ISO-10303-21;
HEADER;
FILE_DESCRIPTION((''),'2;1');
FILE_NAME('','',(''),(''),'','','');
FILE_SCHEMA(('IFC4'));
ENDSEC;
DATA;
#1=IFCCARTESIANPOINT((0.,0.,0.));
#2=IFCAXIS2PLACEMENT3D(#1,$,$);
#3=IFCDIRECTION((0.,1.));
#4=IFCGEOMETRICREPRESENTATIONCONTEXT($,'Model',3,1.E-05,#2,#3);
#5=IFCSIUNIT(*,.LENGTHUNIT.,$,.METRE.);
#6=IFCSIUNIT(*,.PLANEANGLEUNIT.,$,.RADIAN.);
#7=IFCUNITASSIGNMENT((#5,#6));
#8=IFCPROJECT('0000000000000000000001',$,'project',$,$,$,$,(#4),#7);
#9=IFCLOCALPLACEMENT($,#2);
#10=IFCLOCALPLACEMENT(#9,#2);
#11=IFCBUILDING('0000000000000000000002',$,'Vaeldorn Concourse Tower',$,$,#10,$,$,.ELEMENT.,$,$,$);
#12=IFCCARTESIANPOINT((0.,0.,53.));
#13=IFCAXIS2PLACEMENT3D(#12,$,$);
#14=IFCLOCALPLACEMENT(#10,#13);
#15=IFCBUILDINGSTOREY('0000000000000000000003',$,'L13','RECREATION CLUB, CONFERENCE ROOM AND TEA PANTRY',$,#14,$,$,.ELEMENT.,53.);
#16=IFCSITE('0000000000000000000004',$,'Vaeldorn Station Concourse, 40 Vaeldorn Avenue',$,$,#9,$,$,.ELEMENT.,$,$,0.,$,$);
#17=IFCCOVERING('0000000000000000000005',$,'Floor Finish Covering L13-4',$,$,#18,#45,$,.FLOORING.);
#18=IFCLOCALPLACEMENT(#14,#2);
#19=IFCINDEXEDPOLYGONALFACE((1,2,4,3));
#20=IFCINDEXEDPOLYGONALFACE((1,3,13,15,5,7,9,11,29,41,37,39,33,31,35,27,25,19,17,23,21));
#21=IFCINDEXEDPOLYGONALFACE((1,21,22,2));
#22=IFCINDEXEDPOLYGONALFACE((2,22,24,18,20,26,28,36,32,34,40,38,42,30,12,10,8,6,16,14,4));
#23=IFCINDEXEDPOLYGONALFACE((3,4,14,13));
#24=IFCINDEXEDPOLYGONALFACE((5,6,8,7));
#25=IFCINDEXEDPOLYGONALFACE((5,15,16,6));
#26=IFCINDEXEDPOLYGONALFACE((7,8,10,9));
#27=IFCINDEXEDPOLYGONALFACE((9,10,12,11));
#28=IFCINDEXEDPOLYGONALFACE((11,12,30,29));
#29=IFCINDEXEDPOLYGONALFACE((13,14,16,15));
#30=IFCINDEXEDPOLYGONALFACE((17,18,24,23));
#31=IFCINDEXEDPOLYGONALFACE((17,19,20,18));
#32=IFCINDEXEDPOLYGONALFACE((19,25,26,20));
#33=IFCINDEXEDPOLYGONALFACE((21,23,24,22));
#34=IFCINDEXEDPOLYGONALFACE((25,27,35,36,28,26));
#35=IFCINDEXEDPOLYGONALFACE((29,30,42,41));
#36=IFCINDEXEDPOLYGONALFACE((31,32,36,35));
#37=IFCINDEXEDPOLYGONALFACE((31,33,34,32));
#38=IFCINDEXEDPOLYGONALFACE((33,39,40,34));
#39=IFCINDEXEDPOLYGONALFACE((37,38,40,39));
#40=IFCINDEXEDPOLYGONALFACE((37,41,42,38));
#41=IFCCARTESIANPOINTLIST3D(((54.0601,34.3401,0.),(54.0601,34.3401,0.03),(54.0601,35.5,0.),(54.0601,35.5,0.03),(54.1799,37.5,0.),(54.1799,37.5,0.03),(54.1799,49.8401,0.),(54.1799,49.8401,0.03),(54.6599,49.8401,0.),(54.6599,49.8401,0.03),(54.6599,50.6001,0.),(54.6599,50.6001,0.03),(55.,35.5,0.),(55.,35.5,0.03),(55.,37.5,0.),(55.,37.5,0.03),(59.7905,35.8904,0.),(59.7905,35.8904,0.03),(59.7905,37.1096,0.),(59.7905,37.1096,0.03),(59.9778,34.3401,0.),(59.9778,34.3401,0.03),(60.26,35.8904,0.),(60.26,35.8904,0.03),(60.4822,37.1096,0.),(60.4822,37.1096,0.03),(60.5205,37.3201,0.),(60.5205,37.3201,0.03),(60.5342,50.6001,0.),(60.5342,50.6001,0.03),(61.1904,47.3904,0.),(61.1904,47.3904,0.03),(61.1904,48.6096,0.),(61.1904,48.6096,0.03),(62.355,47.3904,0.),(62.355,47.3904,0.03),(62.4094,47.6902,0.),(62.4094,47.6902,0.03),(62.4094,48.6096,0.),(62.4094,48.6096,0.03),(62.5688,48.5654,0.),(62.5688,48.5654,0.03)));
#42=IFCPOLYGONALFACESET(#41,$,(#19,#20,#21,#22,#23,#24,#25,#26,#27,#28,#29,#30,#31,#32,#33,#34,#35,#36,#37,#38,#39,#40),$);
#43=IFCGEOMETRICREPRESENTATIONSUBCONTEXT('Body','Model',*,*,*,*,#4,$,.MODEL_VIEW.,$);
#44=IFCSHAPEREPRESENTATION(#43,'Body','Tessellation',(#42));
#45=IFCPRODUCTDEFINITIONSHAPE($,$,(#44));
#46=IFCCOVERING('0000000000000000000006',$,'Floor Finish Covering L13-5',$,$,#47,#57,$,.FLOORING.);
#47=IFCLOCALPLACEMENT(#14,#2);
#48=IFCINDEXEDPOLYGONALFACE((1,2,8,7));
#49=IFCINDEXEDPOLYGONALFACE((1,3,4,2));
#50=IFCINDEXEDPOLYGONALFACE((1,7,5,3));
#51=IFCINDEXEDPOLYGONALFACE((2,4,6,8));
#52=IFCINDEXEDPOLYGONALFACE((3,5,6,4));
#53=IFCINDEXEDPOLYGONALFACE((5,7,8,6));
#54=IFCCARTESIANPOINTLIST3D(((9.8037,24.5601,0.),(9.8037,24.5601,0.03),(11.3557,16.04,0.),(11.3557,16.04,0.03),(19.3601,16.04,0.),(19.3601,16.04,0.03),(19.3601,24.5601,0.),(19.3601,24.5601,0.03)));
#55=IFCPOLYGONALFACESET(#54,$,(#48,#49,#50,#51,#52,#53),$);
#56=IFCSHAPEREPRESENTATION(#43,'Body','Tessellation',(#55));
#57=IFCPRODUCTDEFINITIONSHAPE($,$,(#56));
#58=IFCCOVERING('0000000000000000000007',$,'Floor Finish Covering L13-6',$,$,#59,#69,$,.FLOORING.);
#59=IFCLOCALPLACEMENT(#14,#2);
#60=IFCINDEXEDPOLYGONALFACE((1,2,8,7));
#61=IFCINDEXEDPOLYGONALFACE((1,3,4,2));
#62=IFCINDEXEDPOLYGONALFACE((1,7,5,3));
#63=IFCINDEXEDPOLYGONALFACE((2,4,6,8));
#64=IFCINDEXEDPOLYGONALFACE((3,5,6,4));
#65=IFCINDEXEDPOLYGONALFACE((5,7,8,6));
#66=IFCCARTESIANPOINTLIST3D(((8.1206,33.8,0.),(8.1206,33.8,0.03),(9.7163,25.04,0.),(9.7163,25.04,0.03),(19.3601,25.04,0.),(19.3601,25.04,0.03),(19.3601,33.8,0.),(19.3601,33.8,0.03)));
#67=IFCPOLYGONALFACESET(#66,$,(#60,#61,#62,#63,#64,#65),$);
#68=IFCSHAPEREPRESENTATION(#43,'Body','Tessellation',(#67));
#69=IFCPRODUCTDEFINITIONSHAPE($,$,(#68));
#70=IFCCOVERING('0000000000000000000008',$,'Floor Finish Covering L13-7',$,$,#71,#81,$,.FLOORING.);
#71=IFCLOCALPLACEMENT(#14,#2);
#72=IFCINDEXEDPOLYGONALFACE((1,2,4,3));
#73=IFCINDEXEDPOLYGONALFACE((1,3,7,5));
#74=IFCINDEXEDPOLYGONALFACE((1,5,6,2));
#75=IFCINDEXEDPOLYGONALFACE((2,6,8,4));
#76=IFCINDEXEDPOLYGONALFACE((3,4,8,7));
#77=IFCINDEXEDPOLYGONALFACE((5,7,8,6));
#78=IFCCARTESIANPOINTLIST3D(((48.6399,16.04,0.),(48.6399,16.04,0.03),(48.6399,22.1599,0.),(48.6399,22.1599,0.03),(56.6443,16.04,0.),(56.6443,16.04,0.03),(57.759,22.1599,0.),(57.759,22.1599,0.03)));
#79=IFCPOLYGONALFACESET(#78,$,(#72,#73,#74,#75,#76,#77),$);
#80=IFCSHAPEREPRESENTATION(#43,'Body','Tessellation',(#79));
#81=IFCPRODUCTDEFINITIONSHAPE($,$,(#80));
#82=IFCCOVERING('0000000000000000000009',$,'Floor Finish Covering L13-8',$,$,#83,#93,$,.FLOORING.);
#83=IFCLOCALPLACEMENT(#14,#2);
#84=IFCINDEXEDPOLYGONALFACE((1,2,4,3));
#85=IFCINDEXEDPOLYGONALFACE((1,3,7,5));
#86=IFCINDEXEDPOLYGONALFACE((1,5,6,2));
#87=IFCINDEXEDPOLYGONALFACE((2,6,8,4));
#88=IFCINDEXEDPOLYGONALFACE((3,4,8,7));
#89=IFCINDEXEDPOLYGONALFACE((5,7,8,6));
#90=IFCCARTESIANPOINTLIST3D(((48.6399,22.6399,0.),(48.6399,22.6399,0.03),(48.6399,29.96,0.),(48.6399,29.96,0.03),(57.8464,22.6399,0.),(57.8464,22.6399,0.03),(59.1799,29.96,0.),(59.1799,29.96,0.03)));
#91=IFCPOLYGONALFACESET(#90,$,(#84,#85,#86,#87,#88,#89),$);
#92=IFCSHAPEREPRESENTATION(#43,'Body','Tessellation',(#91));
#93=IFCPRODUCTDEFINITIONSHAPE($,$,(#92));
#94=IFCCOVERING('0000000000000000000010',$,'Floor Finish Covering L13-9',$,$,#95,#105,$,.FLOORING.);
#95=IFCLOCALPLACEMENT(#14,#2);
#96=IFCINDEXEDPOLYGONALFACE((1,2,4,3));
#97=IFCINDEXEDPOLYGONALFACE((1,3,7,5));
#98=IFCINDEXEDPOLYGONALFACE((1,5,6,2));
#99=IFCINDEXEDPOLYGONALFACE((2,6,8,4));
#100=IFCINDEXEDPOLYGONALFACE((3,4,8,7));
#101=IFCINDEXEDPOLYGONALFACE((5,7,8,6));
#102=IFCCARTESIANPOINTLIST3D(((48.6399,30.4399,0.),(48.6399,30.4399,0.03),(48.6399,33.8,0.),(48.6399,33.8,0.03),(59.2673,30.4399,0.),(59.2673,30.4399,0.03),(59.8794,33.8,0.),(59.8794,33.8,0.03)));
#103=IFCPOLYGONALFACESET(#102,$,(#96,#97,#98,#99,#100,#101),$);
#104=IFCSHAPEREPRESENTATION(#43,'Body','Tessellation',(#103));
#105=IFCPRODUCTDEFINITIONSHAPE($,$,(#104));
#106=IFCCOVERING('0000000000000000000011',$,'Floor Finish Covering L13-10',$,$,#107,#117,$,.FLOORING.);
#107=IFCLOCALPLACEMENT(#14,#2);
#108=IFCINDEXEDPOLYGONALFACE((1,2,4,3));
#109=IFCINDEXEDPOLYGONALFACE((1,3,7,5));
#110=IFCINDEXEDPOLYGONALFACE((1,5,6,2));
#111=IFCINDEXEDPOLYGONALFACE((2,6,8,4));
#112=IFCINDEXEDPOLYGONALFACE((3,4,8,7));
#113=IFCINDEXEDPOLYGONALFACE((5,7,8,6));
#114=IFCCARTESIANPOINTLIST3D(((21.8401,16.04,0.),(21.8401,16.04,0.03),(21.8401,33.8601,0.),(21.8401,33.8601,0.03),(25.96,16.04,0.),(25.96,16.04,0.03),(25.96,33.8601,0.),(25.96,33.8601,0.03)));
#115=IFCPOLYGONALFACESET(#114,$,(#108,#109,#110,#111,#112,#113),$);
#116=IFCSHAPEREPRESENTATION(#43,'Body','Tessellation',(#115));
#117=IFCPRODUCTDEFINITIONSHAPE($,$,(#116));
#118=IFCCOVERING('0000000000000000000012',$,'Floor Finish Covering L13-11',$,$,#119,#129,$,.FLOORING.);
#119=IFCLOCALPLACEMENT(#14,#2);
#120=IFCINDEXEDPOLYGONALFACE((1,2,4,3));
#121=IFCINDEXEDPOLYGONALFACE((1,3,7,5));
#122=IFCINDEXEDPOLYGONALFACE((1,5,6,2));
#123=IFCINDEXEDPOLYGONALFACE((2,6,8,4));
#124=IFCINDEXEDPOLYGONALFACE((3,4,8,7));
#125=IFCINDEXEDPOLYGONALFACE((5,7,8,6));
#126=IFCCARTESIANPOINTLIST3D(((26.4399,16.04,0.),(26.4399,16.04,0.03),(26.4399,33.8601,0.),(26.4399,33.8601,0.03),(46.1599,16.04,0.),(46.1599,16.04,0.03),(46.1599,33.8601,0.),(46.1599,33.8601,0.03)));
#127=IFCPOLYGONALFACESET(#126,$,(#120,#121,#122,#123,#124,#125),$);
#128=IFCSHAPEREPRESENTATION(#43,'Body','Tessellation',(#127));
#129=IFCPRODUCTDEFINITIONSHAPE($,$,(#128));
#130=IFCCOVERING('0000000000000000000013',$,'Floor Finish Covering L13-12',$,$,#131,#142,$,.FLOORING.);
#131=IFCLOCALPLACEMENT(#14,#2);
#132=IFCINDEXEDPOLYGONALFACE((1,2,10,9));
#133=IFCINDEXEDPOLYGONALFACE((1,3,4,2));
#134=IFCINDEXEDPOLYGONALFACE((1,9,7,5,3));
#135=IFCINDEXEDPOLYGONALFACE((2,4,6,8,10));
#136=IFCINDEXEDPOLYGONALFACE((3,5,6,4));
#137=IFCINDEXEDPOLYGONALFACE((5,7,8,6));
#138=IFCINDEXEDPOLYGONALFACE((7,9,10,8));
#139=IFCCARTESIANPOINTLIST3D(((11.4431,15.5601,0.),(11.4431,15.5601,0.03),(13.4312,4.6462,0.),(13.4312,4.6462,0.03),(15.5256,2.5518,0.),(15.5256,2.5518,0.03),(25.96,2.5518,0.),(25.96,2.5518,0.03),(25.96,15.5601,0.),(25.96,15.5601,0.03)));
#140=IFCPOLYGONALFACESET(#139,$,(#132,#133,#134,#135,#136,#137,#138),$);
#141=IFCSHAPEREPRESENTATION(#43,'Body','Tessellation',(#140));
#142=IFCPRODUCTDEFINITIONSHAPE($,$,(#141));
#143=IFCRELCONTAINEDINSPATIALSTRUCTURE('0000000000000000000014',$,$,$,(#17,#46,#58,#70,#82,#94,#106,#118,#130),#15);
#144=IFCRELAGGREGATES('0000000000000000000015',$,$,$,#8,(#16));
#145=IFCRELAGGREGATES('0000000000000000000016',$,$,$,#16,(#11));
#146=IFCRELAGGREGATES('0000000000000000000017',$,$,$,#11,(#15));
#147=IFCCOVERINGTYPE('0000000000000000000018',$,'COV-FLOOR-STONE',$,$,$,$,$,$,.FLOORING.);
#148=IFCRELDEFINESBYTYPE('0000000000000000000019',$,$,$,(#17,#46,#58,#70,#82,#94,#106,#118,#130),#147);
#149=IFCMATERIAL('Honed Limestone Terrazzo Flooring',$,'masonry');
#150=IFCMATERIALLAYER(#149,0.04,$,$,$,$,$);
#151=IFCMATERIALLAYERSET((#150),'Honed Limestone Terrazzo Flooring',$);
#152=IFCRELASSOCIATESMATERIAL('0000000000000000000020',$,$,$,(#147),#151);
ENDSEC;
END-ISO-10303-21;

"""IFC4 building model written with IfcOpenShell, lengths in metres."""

from ifc_helpers import new_model, si_unit, direction, frame, origin, place, context, subcontext, project, spatial, polyline, outline, extrude, material, layer, layer_set, type_object, element, save


model = new_model("IFC4")

# Units and contexts
model_context = context("Model", 3, precision=1e-05, world=origin(), true_north=direction((0.0, 1.0)))
body_context = subcontext(model_context, "Body", "Model", "MODEL_VIEW")
ifc_project = project(units=[si_unit("LENGTHUNIT", "METRE"), si_unit("PLANEANGLEUNIT", "RADIAN")], contexts=[model_context])

# Site, building, storey
site_placement = place(None, origin())
site = spatial("IfcSite", under=ifc_project, at=site_placement, Name="Vaeldorn Station Concourse, 40 Vaeldorn Avenue", CompositionType="ELEMENT", RefElevation=0.0)
building_placement = place(site_placement, origin())
building = spatial("IfcBuilding", under=site, at=building_placement, Name="Vaeldorn Concourse Tower", CompositionType="ELEMENT")
storey_placement = place(building_placement, frame((0.0, 0.0, 53.0)))
storey = spatial("IfcBuildingStorey", under=building, at=storey_placement, Name="L13", Description="RECREATION CLUB, CONFERENCE ROOM AND TEA PANTRY", CompositionType="ELEMENT", Elevation=53.0)

# Coverings
ifc_material_1 = material(Name="Honed Limestone Terrazzo Flooring", Category="masonry")
ifc_layer_1 = layer(ifc_material_1, 0.04)
ifc_layer_set_1 = layer_set([ifc_layer_1], Name="Honed Limestone Terrazzo Flooring")
covering_type_1 = type_object("IfcCoveringType", Name="COV-FLOOR-STONE", PredefinedType="FLOORING", material=ifc_layer_set_1)
covering_1_placement = place(storey_placement, origin())
element("IfcCovering", 1, at=covering_1_placement, inside=storey, type_object=covering_type_1, Name="Floor Finish Covering L13-4", PredefinedType="FLOORING", context=body_context, shape_type="SweptSolid", body=[
    extrude(outline(polyline([(54.1799, 49.8401), (54.6599, 49.8401), (54.6599, 50.6001), (60.5342, 50.6001), (62.5688, 48.5654), (62.4094, 47.6902), (62.4094, 48.6096), (61.1904, 48.6096), (61.1904, 47.3904), (62.355, 47.3904), (60.5205, 37.3201), (60.5205, 37.3201), (60.4822, 37.1096), (59.7905, 37.1096), (59.7905, 35.8904), (60.26, 35.8904), (59.9778, 34.3401), (54.0601, 34.3401), (54.0601, 35.5), (55.0, 35.5), (55.0, 37.5), (54.1799, 37.5), (54.1799, 49.8401)])), origin(), (0.0, 0.0, 1.0), 0.03),
])
covering_2_placement = place(storey_placement, origin())
element("IfcCovering", 2, at=covering_2_placement, inside=storey, type_object=covering_type_1, Name="Floor Finish Covering L13-5", PredefinedType="FLOORING", context=body_context, shape_type="SweptSolid", body=[
    extrude(outline(polyline([(19.3601, 24.5601), (19.3601, 16.04), (11.3557, 16.04), (9.8037, 24.5601), (19.3601, 24.5601)])), origin(), (0.0, 0.0, 1.0), 0.03),
])
covering_3_placement = place(storey_placement, origin())
element("IfcCovering", 3, at=covering_3_placement, inside=storey, type_object=covering_type_1, Name="Floor Finish Covering L13-6", PredefinedType="FLOORING", context=body_context, shape_type="SweptSolid", body=[
    extrude(outline(polyline([(19.3601, 33.8), (19.3601, 25.04), (9.7163, 25.04), (8.1206, 33.8), (19.3601, 33.8)])), origin(), (0.0, 0.0, 1.0), 0.03),
])
covering_4_placement = place(storey_placement, origin())
element("IfcCovering", 4, at=covering_4_placement, inside=storey, type_object=covering_type_1, Name="Floor Finish Covering L13-7", PredefinedType="FLOORING", context=body_context, shape_type="SweptSolid", body=[
    extrude(outline(polyline([(48.6399, 16.04), (48.6399, 22.1599), (57.759, 22.1599), (56.6443, 16.04), (48.6399, 16.04)])), origin(), (0.0, 0.0, 1.0), 0.03),
])
covering_5_placement = place(storey_placement, origin())
element("IfcCovering", 5, at=covering_5_placement, inside=storey, type_object=covering_type_1, Name="Floor Finish Covering L13-8", PredefinedType="FLOORING", context=body_context, shape_type="SweptSolid", body=[
    extrude(outline(polyline([(48.6399, 22.6399), (48.6399, 29.96), (59.1799, 29.96), (57.8464, 22.6399), (48.6399, 22.6399)])), origin(), (0.0, 0.0, 1.0), 0.03),
])
covering_6_placement = place(storey_placement, origin())
element("IfcCovering", 6, at=covering_6_placement, inside=storey, type_object=covering_type_1, Name="Floor Finish Covering L13-9", PredefinedType="FLOORING", context=body_context, shape_type="SweptSolid", body=[
    extrude(outline(polyline([(48.6399, 30.4399), (48.6399, 33.8), (59.8794, 33.8), (59.2673, 30.4399), (48.6399, 30.4399)])), origin(), (0.0, 0.0, 1.0), 0.03),
])
covering_7_placement = place(storey_placement, origin())
element("IfcCovering", 7, at=covering_7_placement, inside=storey, type_object=covering_type_1, Name="Floor Finish Covering L13-10", PredefinedType="FLOORING", context=body_context, shape_type="SweptSolid", body=[
    extrude(outline(polyline([(21.8401, 33.8601), (25.96, 33.8601), (25.96, 16.04), (21.8401, 16.04), (21.8401, 33.8601)])), origin(), (0.0, 0.0, 1.0), 0.03),
])
covering_8_placement = place(storey_placement, origin())
element("IfcCovering", 8, at=covering_8_placement, inside=storey, type_object=covering_type_1, Name="Floor Finish Covering L13-11", PredefinedType="FLOORING", context=body_context, shape_type="SweptSolid", body=[
    extrude(outline(polyline([(26.4399, 33.8601), (46.1599, 33.8601), (46.1599, 16.04), (26.4399, 16.04), (26.4399, 33.8601)])), origin(), (0.0, 0.0, 1.0), 0.03),
])
covering_9_placement = place(storey_placement, origin())
element("IfcCovering", 9, at=covering_9_placement, inside=storey, type_object=covering_type_1, Name="Floor Finish Covering L13-12", PredefinedType="FLOORING", context=body_context, shape_type="SweptSolid", body=[
    extrude(outline(polyline([(25.96, 15.5601), (25.96, 2.5518), (15.5256, 2.5518), (13.4312, 4.6462), (11.4431, 15.5601), (25.96, 15.5601)])), origin(), (0.0, 0.0, 1.0), 0.03),
])

save(model, "model.ifc")
